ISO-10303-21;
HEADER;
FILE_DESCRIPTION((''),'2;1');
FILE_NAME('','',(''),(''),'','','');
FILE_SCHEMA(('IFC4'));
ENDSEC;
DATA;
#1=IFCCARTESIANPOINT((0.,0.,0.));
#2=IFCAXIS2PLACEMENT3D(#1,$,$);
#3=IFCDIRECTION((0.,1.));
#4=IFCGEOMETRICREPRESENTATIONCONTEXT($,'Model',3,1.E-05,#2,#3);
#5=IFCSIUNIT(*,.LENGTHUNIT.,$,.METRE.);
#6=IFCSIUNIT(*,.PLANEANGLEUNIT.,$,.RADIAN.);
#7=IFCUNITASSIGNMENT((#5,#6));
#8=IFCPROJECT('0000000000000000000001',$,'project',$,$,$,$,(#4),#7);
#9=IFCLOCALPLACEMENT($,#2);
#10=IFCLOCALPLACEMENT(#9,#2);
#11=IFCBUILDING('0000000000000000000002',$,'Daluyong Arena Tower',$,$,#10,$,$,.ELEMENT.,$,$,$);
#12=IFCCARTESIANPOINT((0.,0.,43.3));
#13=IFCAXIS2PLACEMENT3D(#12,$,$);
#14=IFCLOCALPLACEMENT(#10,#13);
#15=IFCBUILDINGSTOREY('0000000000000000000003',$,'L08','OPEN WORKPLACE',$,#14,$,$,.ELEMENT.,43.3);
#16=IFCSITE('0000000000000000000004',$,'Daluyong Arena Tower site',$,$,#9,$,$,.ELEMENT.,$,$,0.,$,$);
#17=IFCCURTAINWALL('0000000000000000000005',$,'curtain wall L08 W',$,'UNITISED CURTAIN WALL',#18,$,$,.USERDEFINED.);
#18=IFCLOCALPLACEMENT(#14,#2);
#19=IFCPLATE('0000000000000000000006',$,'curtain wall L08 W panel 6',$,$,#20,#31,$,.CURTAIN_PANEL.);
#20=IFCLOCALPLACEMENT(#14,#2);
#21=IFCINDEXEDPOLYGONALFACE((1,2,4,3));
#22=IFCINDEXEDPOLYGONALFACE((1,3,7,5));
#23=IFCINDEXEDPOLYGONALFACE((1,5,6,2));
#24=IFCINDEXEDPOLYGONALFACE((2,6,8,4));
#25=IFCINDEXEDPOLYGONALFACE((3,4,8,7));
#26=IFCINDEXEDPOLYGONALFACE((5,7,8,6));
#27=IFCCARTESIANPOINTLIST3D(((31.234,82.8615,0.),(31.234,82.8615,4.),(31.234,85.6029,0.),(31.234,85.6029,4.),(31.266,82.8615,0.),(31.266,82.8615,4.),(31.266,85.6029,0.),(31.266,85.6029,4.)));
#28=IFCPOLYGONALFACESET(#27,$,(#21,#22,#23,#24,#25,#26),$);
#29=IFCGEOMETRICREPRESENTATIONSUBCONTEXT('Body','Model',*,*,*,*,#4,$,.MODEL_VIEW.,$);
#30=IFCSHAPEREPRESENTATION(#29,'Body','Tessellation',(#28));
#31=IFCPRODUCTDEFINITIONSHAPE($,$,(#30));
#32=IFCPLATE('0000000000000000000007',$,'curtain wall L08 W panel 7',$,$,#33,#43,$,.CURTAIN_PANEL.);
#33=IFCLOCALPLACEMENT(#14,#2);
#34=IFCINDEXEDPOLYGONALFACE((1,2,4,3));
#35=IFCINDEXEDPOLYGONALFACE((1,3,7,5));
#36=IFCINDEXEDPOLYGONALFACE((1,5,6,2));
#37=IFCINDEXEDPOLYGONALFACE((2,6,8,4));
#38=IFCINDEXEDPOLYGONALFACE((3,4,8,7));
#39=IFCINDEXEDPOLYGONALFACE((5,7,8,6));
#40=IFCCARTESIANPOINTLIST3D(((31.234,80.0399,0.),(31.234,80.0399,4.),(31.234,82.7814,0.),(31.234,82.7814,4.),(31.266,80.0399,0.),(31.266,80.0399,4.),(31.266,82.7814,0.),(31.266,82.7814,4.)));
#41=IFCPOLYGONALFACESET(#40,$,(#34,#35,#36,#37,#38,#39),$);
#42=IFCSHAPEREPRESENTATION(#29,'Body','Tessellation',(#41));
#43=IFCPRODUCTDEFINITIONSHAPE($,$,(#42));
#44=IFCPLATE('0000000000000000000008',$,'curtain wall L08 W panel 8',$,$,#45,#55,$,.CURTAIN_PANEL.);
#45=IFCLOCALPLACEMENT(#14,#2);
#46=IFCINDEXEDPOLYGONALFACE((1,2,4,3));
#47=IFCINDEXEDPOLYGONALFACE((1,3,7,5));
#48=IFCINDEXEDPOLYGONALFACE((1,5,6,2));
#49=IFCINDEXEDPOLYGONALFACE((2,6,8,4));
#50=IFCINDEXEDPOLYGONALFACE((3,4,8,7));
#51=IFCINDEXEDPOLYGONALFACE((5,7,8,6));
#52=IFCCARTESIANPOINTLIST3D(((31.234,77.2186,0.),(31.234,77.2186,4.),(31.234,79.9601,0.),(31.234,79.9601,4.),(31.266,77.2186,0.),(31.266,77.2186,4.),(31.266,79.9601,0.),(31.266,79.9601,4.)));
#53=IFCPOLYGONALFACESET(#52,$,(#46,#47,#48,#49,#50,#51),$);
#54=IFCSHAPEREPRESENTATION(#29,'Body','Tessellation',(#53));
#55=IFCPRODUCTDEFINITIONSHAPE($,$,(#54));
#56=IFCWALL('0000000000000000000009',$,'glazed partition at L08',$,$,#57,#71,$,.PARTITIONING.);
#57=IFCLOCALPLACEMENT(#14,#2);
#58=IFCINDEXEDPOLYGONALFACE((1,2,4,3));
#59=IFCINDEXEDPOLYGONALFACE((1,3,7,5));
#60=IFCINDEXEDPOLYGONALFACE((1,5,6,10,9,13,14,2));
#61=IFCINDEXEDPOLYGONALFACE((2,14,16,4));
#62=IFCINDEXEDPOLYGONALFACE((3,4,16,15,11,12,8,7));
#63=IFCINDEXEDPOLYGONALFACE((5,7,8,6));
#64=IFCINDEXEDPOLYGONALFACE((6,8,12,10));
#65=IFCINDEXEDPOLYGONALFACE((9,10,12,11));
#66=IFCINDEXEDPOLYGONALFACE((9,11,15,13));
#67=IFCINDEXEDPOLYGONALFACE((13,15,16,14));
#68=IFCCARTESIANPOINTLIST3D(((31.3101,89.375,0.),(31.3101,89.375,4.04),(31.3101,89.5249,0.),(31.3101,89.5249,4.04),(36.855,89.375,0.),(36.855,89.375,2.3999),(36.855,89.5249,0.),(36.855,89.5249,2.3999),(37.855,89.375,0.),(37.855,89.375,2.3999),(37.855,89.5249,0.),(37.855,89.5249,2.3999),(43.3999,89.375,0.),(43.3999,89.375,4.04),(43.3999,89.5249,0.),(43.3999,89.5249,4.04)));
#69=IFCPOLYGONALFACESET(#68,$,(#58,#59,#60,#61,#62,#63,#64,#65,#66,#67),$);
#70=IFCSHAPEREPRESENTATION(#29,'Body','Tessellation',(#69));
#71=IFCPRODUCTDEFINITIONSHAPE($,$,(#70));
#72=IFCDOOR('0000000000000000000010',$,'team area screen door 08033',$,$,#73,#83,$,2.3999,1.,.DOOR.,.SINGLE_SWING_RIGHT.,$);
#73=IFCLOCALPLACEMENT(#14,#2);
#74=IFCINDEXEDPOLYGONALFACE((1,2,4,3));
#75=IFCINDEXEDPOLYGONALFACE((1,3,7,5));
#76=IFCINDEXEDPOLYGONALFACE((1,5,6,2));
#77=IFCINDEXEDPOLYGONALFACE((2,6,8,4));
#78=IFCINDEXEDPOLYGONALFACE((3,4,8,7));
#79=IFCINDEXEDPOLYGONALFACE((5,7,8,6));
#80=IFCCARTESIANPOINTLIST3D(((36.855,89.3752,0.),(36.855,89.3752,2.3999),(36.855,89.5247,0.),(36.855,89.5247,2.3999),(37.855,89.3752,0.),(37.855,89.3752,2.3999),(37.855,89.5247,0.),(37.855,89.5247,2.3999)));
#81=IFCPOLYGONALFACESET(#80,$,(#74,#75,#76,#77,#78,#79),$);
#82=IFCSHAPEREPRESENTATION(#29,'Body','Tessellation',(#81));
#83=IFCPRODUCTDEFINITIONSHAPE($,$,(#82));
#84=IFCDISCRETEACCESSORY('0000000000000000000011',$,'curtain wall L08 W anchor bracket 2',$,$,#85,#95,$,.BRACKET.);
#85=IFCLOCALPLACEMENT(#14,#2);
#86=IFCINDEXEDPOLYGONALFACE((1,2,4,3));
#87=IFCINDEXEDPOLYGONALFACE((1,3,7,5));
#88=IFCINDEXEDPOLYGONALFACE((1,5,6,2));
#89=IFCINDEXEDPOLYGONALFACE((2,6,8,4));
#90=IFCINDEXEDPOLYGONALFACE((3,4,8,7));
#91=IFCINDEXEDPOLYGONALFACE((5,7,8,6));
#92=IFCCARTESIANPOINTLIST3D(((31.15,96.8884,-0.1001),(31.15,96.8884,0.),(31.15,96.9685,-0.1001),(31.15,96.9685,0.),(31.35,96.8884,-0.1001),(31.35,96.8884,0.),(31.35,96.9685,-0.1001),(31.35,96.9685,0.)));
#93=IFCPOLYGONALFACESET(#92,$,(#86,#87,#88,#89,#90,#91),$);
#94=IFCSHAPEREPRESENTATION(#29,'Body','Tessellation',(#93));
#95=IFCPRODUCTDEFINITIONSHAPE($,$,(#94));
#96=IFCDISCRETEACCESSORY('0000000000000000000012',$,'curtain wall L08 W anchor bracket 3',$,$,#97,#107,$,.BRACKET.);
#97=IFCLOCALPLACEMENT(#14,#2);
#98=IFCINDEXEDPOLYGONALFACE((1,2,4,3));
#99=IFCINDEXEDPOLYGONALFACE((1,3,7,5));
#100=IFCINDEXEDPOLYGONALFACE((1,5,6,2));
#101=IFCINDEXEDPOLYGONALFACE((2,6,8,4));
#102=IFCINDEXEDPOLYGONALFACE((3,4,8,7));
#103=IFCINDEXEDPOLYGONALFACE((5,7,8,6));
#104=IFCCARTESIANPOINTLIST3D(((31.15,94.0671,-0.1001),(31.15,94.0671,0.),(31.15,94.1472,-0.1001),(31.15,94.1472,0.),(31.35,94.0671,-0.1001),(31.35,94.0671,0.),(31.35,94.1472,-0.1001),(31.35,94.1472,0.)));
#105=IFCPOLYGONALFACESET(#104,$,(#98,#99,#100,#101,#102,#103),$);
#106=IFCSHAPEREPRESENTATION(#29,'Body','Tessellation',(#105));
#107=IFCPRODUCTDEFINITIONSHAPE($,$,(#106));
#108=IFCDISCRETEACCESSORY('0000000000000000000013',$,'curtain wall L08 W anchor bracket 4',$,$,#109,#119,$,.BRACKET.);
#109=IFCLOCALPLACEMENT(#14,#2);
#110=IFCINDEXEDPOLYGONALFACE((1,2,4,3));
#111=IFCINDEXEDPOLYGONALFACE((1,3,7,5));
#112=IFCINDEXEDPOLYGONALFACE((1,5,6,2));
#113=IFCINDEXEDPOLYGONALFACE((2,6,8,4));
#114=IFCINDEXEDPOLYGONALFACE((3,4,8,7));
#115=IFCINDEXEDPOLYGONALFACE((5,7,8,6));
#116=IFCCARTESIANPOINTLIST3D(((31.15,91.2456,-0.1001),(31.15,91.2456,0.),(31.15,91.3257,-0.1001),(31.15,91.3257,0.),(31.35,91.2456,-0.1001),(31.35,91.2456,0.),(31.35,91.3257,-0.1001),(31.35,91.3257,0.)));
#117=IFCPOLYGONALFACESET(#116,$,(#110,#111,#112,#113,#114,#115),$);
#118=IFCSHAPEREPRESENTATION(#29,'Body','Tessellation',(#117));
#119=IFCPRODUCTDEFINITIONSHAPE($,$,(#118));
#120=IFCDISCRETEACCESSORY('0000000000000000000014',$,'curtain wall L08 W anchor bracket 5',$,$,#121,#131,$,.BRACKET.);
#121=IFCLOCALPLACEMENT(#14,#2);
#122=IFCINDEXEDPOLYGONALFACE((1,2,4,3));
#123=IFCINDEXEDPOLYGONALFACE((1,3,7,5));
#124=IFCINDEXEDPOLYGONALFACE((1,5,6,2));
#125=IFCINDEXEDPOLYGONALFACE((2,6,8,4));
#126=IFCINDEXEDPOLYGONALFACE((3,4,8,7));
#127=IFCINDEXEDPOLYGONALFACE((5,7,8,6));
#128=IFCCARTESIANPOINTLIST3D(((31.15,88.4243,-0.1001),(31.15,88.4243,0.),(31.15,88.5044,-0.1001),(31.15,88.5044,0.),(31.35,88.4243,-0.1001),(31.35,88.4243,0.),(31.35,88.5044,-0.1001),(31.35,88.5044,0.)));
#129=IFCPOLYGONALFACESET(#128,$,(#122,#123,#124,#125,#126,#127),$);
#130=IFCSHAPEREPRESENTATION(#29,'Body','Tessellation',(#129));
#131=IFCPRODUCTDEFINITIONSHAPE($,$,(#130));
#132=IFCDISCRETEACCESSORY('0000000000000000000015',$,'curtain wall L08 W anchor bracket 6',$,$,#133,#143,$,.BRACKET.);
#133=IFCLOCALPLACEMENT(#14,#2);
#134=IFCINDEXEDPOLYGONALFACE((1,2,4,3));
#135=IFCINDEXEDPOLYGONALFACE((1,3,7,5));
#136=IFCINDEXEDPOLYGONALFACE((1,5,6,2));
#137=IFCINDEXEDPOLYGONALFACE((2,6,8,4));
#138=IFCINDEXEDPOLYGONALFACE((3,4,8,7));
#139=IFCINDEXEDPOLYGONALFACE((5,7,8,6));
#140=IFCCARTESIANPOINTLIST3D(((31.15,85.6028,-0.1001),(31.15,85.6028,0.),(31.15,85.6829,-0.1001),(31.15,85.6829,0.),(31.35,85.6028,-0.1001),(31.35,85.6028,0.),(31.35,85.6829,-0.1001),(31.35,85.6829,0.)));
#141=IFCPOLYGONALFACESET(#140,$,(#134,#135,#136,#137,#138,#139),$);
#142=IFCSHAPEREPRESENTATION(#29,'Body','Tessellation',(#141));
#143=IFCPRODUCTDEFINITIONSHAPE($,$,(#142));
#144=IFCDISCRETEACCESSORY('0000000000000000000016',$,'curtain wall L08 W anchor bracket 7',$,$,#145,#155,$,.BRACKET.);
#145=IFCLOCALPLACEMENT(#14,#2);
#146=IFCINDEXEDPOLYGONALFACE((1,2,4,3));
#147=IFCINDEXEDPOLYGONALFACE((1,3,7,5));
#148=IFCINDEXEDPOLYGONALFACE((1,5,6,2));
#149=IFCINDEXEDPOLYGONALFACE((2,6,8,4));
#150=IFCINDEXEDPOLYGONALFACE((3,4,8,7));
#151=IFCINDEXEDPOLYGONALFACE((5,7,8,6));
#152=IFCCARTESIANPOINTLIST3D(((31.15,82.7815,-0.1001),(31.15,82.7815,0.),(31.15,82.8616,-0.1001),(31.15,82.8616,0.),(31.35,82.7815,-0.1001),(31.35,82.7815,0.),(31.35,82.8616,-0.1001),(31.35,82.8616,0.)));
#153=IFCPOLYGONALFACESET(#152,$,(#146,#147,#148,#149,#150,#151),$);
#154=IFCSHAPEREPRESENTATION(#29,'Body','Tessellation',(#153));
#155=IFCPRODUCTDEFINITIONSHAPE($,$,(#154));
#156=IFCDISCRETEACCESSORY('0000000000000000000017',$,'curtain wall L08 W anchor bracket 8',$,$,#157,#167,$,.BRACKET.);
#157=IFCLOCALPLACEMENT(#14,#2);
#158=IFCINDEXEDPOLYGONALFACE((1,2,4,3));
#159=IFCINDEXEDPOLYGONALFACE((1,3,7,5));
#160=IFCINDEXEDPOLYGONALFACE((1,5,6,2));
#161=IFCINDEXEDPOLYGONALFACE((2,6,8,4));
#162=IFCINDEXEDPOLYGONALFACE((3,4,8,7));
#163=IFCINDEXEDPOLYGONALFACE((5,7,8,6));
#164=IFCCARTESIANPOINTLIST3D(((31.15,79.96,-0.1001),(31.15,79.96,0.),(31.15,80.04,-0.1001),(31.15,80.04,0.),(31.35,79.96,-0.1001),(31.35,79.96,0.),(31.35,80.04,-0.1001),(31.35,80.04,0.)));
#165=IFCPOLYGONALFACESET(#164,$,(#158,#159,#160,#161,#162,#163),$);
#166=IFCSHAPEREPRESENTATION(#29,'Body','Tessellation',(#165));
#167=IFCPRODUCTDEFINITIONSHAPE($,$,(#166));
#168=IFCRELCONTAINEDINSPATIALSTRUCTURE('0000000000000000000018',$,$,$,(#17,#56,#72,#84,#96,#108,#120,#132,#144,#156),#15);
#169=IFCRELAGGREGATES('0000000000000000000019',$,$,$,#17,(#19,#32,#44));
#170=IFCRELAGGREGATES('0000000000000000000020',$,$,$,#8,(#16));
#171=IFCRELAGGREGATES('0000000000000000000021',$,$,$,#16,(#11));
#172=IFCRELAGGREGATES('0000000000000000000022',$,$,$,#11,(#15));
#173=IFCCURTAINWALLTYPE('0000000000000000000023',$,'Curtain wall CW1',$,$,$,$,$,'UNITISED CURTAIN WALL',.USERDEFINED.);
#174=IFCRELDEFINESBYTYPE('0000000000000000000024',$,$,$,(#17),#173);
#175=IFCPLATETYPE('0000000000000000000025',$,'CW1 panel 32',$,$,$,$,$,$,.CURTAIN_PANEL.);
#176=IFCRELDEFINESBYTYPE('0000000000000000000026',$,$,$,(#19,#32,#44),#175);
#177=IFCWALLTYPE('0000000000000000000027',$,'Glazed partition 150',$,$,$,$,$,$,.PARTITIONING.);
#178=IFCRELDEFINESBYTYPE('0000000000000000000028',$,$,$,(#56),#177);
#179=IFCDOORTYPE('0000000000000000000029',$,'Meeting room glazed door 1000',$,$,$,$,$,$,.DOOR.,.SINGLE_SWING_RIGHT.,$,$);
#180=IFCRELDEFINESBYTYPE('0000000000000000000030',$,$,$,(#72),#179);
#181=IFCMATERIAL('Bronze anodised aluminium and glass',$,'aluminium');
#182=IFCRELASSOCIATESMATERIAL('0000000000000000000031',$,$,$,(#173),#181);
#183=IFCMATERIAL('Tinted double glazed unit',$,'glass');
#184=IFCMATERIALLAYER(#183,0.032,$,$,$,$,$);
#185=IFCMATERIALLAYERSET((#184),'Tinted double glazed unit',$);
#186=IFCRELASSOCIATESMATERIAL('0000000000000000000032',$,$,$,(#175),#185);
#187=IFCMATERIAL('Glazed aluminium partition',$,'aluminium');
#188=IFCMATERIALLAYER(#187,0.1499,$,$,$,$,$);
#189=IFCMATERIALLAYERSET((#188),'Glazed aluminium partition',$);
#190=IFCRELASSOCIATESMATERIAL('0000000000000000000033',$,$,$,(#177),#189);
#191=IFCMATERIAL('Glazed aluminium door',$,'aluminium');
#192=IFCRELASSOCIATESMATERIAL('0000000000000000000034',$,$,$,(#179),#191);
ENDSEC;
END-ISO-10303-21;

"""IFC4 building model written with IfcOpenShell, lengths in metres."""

from ifc_helpers import new_model, si_unit, direction, frame, frame_2d, origin, origin_2d, place, context, subcontext, project, spatial, rectangle, extrude, material, layer, layer_set, type_object, element, fill, aggregate, save


model = new_model("IFC4")

# Units and contexts
model_context = context("Model", 3, precision=1e-05, world=origin(), true_north=direction((0.0, 1.0)))
body_context = subcontext(model_context, "Body", "Model", "MODEL_VIEW")
ifc_project = project(units=[si_unit("LENGTHUNIT", "METRE"), si_unit("PLANEANGLEUNIT", "RADIAN")], contexts=[model_context])

# Site, building, storey
site_placement = place(None, origin())
site = spatial("IfcSite", under=ifc_project, at=site_placement, Name="Daluyong Arena Tower site", CompositionType="ELEMENT", RefElevation=0.0)
building_placement = place(site_placement, origin())
building = spatial("IfcBuilding", under=site, at=building_placement, Name="Daluyong Arena Tower", CompositionType="ELEMENT")
storey_placement = place(building_placement, frame((0.0, 0.0, 43.3)))
storey = spatial("IfcBuildingStorey", under=building, at=storey_placement, Name="L08", Description="OPEN WORKPLACE", CompositionType="ELEMENT", Elevation=43.3)

# Curtain wall
ifc_material_1 = material(Name="Bronze anodised aluminium and glass", Category="aluminium")
curtain_wall_type = type_object("IfcCurtainWallType", Name="Curtain wall CW1", ElementType="UNITISED CURTAIN WALL", PredefinedType="USERDEFINED", material=ifc_material_1)
curtain_wall_placement = place(storey_placement, origin())
curtain_wall = element("IfcCurtainWall", 1, at=curtain_wall_placement, inside=storey, type_object=curtain_wall_type, Name="curtain wall L08 W", ObjectType="UNITISED CURTAIN WALL", PredefinedType="USERDEFINED")

# Plates
ifc_material_2 = material(Name="Tinted double glazed unit", Category="glass")
ifc_layer_1 = layer(ifc_material_2, 0.032)
ifc_layer_set_1 = layer_set([ifc_layer_1], Name="Tinted double glazed unit")
plate_type = type_object("IfcPlateType", Name="CW1 panel 32", PredefinedType="CURTAIN_PANEL", material=ifc_layer_set_1)
plate_1_placement = place(storey_placement, frame((31.25, 84.2322, 0.0), z_axis=(0.0, 0.0, 1.0), x_axis=(0.0, -1.0, 0.0)))
plate_1 = element("IfcPlate", 2, at=plate_1_placement, type_object=plate_type, Name="curtain wall L08 W panel 6", PredefinedType="CURTAIN_PANEL", context=body_context, shape_type="SweptSolid", body=[
    extrude(rectangle(XDim=2.7415, YDim=0.032, at=origin_2d()), origin(), (0.0, 0.0, 1.0), 4.0),
])
plate_2_placement = place(storey_placement, frame((31.25, 81.4106, 0.0), z_axis=(0.0, 0.0, 1.0), x_axis=(0.0, -1.0, 0.0)))
plate_2 = element("IfcPlate", 3, at=plate_2_placement, type_object=plate_type, Name="curtain wall L08 W panel 7", PredefinedType="CURTAIN_PANEL", context=body_context, shape_type="SweptSolid", body=[
    extrude(rectangle(XDim=2.7415, YDim=0.032, at=origin_2d()), origin(), (0.0, 0.0, 1.0), 4.0),
])
plate_3_placement = place(storey_placement, frame((31.25, 78.5894, 0.0), z_axis=(0.0, 0.0, 1.0), x_axis=(0.0, -1.0, 0.0)))
plate_3 = element("IfcPlate", 4, at=plate_3_placement, type_object=plate_type, Name="curtain wall L08 W panel 8", PredefinedType="CURTAIN_PANEL", context=body_context, shape_type="SweptSolid", body=[
    extrude(rectangle(XDim=2.7415, YDim=0.032, at=origin_2d()), origin(), (0.0, 0.0, 1.0), 4.0),
])
aggregate(curtain_wall, [plate_1, plate_2, plate_3])

# Wall, opening, door
ifc_material_3 = material(Name="Glazed aluminium partition", Category="aluminium")
ifc_layer_2 = layer(ifc_material_3, 0.1499)
ifc_layer_set_2 = layer_set([ifc_layer_2], Name="Glazed aluminium partition")
wall_type = type_object("IfcWallType", Name="Glazed partition 150", PredefinedType="PARTITIONING", material=ifc_layer_set_2)
wall_placement = place(storey_placement, frame((31.3101, 89.45, 0.0), z_axis=(0.0, 0.0, 1.0), x_axis=(1.0, 0.0, 0.0)))
wall = element("IfcWall", 5, at=wall_placement, inside=storey, type_object=wall_type, Name="glazed partition at L08", PredefinedType="PARTITIONING", context=body_context, shape_type="SweptSolid", body=[
    extrude(rectangle(XDim=12.0898, YDim=0.1499, at=frame_2d((6.0449, 0.0))), origin(), (0.0, 0.0, 1.0), 4.04),
])
opening_placement = place(wall_placement, frame((5.5449, 0.0, 0.0)))
opening = element("IfcOpeningElement", 6, at=opening_placement, cuts=wall, PredefinedType="OPENING", context=body_context, shape_type="SweptSolid", body=[
    extrude(rectangle(XDim=1.0, YDim=2.3999, at=frame_2d((0.5, 1.2))), frame((0.0, 0.085, 0.0), z_axis=(0.0, -1.0, 0.0), x_axis=(1.0, 0.0, 0.0)), (0.0, 0.0, 1.0), 0.1699),
])
ifc_material_4 = material(Name="Glazed aluminium door", Category="aluminium")
door_type = type_object("IfcDoorType", Name="Meeting room glazed door 1000", OperationType="SINGLE_SWING_RIGHT", PredefinedType="DOOR", material=ifc_material_4)
door_placement = place(opening_placement, origin())
door = element("IfcDoor", 7, at=door_placement, inside=storey, type_object=door_type, Name="team area screen door 08033", OperationType="SINGLE_SWING_RIGHT", OverallHeight=2.3999, OverallWidth=1.0, PredefinedType="DOOR", context=body_context, shape_type="SweptSolid", body=[
    extrude(rectangle(XDim=1.0, YDim=2.3999, at=frame_2d((0.5, 1.2))), frame((0.0, 0.0747, 0.0), z_axis=(0.0, -1.0, 0.0), x_axis=(1.0, 0.0, 0.0)), (0.0, 0.0, 1.0), 0.1494),
])
fill(opening, door)

# Discrete accessories
for number, where, z_axis, x_axis, name in (
    (8, (31.25, 96.9285, -0.1001), (0.0, 0.0, 1.0), (0.0, -1.0, 0.0), "curtain wall L08 W anchor bracket 2"),
    (9, (31.25, 94.1072, -0.1001), (0.0, 0.0, 1.0), (0.0, -1.0, 0.0), "curtain wall L08 W anchor bracket 3"),
    (10, (31.25, 91.2856, -0.1001), (0.0, 0.0, 1.0), (0.0, -1.0, 0.0), "curtain wall L08 W anchor bracket 4"),
    (11, (31.25, 88.4644, -0.1001), (0.0, 0.0, 1.0), (0.0, -1.0, 0.0), "curtain wall L08 W anchor bracket 5"),
    (12, (31.25, 85.6428, -0.1001), (0.0, 0.0, 1.0), (0.0, -1.0, 0.0), "curtain wall L08 W anchor bracket 6"),
    (13, (31.25, 82.8215, -0.1001), (0.0, 0.0, 1.0), (0.0, -1.0, 0.0), "curtain wall L08 W anchor bracket 7"),
    (14, (31.25, 80.0, -0.1001), (0.0, 0.0, 1.0), (0.0, -1.0, 0.0), "curtain wall L08 W anchor bracket 8"),
):
    element("IfcDiscreteAccessory", number, at=place(storey_placement, frame(where, z_axis=z_axis, x_axis=x_axis)), inside=storey, Name=name, PredefinedType="BRACKET", context=body_context, shape_type="SweptSolid", body=[
        extrude(rectangle(XDim=0.0801, YDim=0.2, at=origin_2d()), origin(), (0.0, 0.0, 1.0), 0.1001),
    ])

save(model, "model.ifc")
